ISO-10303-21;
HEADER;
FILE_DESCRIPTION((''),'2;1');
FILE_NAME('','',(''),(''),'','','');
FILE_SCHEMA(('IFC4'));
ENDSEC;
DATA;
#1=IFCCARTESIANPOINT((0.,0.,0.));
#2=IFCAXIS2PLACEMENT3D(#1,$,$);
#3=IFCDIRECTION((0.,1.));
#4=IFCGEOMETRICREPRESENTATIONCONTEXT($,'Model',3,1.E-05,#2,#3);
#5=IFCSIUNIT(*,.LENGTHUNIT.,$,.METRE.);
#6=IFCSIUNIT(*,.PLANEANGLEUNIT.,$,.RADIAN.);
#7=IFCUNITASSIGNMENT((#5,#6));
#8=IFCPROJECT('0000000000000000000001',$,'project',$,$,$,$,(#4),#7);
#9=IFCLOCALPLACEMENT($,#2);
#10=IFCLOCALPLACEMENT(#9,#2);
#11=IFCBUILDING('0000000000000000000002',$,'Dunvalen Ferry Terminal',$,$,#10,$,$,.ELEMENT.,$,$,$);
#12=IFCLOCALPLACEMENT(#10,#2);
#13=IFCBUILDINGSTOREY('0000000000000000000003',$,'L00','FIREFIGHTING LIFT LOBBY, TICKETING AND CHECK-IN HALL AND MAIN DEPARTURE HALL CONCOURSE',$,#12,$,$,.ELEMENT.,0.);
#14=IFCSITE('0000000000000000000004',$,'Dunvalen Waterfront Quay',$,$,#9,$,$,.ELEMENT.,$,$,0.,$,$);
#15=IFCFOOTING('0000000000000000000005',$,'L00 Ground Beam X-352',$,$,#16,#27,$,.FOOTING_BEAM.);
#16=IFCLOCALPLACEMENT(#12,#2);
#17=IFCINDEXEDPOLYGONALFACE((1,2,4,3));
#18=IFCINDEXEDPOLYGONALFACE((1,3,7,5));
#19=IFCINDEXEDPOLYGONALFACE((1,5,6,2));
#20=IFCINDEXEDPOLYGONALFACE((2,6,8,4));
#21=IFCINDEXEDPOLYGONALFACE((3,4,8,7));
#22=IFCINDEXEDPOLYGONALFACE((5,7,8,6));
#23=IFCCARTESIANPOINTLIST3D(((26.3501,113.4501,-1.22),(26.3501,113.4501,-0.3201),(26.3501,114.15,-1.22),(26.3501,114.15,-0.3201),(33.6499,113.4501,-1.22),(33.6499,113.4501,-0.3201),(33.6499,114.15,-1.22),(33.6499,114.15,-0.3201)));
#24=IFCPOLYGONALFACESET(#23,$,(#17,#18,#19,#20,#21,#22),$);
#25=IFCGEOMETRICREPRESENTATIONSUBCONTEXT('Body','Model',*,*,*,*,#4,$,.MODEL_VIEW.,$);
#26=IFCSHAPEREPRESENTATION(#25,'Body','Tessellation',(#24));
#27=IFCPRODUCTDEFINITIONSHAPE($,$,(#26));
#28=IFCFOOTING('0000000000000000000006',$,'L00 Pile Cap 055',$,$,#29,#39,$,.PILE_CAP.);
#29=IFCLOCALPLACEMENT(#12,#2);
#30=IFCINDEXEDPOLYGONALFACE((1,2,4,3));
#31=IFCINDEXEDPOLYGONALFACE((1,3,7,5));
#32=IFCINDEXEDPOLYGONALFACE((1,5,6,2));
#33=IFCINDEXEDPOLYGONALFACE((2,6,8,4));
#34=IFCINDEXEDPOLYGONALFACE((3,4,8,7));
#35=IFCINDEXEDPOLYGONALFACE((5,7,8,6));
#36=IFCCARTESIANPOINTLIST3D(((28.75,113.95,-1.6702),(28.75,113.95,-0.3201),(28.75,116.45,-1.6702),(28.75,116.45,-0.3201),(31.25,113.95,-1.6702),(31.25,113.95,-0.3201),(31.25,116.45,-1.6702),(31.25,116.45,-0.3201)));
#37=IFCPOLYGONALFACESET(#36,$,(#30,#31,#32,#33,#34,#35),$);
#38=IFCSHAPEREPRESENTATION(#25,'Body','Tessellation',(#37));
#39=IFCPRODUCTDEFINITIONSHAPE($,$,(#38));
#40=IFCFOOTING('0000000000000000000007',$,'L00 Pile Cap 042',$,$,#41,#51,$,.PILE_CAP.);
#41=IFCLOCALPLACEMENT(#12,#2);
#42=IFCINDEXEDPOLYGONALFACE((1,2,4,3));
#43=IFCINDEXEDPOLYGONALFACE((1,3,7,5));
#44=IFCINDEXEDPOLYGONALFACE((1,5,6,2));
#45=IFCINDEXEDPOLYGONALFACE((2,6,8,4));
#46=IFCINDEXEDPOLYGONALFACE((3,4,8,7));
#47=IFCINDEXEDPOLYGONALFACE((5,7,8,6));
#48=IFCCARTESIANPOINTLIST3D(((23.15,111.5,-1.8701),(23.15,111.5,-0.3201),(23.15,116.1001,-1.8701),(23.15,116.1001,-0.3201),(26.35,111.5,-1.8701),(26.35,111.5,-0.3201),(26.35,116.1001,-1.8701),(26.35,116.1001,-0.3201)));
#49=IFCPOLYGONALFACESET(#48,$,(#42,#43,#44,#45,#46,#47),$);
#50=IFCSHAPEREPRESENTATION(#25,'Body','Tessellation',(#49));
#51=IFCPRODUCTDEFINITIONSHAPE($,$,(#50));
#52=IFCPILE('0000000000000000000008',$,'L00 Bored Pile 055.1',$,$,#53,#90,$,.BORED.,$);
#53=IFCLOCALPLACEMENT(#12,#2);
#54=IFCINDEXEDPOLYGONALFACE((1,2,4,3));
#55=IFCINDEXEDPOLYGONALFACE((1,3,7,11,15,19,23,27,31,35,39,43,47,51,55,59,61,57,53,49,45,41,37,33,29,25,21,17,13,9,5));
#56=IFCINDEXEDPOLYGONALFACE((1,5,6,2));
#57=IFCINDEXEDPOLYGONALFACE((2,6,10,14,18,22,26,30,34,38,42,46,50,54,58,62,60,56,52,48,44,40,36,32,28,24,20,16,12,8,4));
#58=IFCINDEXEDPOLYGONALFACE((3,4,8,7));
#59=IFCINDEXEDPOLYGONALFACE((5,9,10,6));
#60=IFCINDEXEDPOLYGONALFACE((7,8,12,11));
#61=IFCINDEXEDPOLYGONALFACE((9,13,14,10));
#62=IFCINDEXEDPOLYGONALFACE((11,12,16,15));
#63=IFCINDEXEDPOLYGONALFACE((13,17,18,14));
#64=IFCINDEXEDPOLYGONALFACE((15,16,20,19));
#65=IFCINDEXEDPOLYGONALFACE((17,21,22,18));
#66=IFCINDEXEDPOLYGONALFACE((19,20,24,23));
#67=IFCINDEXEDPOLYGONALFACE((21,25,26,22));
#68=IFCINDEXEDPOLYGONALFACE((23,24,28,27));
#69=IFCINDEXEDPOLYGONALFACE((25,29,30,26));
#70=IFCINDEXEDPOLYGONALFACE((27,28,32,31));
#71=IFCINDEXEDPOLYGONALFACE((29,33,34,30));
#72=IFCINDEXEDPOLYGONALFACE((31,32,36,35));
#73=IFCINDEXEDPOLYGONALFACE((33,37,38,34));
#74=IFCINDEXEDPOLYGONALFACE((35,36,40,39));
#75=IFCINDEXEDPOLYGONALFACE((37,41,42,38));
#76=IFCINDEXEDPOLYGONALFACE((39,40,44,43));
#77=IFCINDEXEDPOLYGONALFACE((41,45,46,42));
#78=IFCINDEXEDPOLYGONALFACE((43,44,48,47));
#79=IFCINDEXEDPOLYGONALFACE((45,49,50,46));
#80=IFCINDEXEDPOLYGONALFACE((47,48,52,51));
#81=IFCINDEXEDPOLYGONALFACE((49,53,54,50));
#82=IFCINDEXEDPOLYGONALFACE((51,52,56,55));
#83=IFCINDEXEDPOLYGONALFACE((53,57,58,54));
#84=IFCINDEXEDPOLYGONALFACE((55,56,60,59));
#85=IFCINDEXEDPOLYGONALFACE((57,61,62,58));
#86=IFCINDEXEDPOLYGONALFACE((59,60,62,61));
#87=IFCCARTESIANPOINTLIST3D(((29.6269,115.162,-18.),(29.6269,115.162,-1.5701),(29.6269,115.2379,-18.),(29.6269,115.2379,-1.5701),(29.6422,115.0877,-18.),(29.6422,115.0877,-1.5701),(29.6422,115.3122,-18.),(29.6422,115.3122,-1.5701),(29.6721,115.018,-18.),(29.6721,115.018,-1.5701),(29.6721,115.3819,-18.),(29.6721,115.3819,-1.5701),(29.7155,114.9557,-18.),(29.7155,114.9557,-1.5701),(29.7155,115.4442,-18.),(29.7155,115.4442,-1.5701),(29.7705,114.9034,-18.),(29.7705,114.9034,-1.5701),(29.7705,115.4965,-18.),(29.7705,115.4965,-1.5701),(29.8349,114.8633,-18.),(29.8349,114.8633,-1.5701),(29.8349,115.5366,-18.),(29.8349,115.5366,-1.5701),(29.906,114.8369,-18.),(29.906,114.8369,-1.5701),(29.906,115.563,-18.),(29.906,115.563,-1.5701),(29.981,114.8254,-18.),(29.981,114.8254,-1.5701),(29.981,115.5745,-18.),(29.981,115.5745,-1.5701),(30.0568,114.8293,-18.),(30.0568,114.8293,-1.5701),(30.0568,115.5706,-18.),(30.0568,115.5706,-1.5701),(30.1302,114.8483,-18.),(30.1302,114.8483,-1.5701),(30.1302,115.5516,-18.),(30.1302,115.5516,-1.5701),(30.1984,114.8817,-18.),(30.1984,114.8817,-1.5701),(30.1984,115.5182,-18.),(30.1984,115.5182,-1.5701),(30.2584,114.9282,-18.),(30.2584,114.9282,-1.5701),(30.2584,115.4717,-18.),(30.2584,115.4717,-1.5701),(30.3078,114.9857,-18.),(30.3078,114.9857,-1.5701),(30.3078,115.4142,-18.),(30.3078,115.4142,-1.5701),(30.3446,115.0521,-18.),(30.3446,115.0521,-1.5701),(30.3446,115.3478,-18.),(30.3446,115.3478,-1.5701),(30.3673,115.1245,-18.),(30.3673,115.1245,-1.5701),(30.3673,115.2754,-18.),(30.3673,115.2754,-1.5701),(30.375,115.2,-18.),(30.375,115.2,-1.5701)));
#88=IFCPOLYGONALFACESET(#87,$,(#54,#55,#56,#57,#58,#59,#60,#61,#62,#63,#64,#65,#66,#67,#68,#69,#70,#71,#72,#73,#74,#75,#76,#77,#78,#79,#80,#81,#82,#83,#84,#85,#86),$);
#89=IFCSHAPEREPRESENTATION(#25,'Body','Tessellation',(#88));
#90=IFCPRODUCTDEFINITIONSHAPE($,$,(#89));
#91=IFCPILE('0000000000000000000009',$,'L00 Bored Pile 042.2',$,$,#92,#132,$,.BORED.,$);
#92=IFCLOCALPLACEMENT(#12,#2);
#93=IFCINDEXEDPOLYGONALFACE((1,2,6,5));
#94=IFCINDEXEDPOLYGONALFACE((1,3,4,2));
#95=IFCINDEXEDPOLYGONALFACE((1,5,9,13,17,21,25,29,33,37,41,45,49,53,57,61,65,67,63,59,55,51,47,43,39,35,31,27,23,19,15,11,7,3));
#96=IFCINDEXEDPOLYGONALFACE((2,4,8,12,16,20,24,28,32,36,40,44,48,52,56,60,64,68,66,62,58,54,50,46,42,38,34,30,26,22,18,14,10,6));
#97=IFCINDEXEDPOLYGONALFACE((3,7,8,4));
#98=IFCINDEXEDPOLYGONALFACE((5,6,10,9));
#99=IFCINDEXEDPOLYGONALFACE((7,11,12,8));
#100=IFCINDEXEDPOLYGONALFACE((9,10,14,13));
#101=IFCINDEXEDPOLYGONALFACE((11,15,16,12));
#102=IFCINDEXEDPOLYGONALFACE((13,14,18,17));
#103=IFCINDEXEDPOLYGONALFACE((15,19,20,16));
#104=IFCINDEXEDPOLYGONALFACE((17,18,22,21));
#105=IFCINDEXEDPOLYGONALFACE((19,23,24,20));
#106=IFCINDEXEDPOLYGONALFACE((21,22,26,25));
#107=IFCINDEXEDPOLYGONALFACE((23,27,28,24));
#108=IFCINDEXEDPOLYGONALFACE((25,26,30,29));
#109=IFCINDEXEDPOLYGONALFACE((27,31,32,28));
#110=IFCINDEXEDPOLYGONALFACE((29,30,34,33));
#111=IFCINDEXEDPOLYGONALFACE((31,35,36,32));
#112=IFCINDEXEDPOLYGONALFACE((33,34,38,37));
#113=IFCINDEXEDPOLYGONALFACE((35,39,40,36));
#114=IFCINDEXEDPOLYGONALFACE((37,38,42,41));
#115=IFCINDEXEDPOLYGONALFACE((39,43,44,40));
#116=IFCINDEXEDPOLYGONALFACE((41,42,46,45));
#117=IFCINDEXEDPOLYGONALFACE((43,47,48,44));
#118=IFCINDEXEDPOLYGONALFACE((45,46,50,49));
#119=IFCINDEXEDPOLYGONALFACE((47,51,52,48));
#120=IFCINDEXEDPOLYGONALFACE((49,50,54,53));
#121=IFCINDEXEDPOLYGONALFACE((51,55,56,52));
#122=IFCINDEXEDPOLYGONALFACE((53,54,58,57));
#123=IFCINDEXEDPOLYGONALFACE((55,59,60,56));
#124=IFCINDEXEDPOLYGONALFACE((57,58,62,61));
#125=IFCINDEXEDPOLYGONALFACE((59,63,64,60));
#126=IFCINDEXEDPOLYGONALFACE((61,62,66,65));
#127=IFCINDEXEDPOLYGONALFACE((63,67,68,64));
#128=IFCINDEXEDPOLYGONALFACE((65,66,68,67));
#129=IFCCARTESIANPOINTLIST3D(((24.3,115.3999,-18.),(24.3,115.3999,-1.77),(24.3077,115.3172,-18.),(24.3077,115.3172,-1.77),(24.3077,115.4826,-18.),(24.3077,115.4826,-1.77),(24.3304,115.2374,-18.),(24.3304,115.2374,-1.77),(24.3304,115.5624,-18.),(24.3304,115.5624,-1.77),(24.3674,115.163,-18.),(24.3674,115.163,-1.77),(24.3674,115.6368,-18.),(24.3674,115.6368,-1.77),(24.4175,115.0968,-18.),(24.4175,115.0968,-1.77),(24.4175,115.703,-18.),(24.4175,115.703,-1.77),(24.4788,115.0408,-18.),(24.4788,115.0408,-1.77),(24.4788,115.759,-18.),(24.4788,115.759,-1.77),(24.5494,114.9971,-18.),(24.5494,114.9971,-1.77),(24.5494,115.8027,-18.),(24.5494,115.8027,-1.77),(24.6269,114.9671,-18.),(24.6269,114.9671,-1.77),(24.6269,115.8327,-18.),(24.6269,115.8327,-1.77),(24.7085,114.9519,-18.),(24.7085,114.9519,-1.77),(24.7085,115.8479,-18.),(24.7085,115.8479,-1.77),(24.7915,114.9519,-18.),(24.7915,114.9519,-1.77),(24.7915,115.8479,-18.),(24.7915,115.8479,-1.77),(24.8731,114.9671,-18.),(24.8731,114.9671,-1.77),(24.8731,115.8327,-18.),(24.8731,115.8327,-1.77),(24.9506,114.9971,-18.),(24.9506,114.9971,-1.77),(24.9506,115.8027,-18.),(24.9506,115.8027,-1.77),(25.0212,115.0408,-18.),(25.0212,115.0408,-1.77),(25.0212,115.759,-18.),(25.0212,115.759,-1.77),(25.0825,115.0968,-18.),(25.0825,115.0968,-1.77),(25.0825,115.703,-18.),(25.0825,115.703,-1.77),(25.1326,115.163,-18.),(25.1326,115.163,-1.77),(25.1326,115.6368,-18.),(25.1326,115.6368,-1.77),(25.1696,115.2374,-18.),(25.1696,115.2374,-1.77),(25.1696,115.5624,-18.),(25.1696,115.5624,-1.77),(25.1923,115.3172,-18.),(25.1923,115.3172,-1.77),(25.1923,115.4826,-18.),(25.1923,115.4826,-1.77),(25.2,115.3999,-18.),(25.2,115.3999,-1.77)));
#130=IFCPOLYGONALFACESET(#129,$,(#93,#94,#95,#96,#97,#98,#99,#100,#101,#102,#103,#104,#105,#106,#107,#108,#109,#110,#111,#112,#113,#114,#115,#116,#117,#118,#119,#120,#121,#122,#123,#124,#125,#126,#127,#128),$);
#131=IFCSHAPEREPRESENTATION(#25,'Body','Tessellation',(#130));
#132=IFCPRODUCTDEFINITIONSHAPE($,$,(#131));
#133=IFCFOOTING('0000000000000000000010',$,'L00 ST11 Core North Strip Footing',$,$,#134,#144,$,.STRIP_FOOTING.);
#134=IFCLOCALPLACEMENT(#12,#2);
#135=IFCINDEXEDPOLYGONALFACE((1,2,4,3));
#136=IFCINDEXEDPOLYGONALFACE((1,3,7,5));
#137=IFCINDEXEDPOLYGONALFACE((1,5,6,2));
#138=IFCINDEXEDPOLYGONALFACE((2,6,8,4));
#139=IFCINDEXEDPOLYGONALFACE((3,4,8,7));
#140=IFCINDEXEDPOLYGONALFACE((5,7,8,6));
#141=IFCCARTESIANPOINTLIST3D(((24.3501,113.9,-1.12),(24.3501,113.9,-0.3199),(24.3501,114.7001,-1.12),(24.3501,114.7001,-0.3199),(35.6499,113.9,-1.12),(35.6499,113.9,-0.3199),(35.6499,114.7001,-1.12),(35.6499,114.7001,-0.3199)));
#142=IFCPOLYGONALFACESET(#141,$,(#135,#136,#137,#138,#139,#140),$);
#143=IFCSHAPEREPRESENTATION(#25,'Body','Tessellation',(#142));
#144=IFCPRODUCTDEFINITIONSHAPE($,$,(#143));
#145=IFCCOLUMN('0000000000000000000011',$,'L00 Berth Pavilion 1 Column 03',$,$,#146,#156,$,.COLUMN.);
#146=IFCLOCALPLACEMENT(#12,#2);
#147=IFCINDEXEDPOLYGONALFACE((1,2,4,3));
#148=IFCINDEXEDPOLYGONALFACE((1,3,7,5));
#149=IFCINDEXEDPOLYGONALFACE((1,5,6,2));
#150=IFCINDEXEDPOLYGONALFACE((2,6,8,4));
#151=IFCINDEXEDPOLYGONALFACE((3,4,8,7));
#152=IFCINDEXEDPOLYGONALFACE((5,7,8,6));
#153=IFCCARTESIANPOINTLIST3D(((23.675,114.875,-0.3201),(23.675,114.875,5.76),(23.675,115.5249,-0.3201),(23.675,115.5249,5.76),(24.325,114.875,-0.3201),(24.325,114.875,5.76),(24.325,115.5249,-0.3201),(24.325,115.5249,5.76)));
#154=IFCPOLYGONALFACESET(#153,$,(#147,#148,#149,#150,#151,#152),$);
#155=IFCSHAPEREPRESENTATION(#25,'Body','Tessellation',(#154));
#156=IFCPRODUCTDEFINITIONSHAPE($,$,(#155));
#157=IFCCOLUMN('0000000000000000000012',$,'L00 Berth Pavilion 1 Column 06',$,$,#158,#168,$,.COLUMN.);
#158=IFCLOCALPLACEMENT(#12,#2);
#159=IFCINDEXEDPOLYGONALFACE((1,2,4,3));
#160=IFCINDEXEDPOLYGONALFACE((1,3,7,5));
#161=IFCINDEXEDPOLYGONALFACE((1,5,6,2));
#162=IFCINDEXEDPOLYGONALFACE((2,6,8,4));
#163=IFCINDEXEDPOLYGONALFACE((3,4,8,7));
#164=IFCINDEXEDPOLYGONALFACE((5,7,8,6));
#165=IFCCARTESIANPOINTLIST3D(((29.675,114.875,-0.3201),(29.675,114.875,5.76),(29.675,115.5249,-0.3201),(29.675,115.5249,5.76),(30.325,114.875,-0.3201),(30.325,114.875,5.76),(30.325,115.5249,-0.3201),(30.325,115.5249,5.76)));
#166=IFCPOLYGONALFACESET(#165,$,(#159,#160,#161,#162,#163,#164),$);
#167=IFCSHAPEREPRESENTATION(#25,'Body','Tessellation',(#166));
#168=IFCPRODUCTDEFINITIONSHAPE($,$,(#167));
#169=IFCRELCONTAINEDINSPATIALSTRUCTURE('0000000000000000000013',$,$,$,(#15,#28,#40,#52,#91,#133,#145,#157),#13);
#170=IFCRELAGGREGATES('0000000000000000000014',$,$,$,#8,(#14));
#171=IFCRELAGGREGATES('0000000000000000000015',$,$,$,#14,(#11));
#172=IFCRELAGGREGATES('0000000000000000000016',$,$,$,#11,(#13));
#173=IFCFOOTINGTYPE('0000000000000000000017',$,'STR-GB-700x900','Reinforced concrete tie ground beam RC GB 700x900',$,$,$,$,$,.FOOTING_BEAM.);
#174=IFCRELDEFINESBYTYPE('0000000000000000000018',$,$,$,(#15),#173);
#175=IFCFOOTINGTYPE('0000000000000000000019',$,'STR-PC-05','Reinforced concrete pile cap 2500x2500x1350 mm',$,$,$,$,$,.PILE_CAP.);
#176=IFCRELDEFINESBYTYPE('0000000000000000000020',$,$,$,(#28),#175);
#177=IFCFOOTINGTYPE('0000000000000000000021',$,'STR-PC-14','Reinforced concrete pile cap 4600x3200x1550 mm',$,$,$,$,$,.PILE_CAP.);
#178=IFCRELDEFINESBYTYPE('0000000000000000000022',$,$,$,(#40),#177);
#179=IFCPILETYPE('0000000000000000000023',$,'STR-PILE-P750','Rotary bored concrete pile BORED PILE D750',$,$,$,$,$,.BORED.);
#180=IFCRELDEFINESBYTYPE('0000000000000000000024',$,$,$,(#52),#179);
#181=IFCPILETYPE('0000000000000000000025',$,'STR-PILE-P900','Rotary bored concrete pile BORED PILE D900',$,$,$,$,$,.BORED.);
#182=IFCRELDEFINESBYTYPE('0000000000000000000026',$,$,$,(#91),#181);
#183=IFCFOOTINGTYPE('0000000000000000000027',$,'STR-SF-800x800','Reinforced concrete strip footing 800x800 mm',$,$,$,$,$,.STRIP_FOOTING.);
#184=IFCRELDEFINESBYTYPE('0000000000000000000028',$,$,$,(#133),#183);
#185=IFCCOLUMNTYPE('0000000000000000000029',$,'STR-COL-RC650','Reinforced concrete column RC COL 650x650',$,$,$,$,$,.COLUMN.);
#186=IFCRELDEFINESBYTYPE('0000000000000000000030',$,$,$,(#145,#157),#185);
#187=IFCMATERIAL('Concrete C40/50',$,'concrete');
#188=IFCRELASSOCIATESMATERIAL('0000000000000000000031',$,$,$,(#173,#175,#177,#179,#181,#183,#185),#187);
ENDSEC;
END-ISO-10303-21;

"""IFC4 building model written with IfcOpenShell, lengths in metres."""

from ifc_helpers import new_model, si_unit, direction, frame, origin, origin_2d, place, context, subcontext, project, spatial, rectangle, circle, extrude, material, material_profile, profile_set, type_object, element, save


model = new_model("IFC4")

# Units and contexts
model_context = context("Model", 3, precision=1e-05, world=origin(), true_north=direction((0.0, 1.0)))
body_context = subcontext(model_context, "Body", "Model", "MODEL_VIEW")
ifc_project = project(units=[si_unit("LENGTHUNIT", "METRE"), si_unit("PLANEANGLEUNIT", "RADIAN")], contexts=[model_context])

# Site, building, storey
site_placement = place(None, origin())
site = spatial("IfcSite", under=ifc_project, at=site_placement, Name="Dunvalen Waterfront Quay", CompositionType="ELEMENT", RefElevation=0.0)
building_placement = place(site_placement, origin())
building = spatial("IfcBuilding", under=site, at=building_placement, Name="Dunvalen Ferry Terminal", CompositionType="ELEMENT")
storey_placement = place(building_placement, origin())
storey = spatial("IfcBuildingStorey", under=building, at=storey_placement, Name="L00", Description="FIREFIGHTING LIFT LOBBY, TICKETING AND CHECK-IN HALL AND MAIN DEPARTURE HALL CONCOURSE", CompositionType="ELEMENT", Elevation=0.0)

# Footings
ifc_material_1 = material(Name="Concrete C40/50", Category="concrete")
ifc_material_profile_1 = material_profile(ifc_material_1, rectangle(XDim=0.7, YDim=0.8999, at=origin_2d()), Name="Concrete C40/50")
ifc_profile_set_1 = profile_set([ifc_material_profile_1], Name="Concrete C40/50")
footing_type_1 = type_object("IfcFootingType", Name="STR-GB-700x900", Description="Reinforced concrete tie ground beam RC GB 700x900", PredefinedType="FOOTING_BEAM", material=ifc_profile_set_1)
footing_1_placement = place(storey_placement, frame((26.3501, 113.8, -0.77), z_axis=(1.0, 0.0, 0.0), x_axis=(0.0, 1.0, 0.0)))
element("IfcFooting", 1, at=footing_1_placement, inside=storey, type_object=footing_type_1, Name="L00 Ground Beam X-352", PredefinedType="FOOTING_BEAM", context=body_context, shape_type="SweptSolid", body=[
    extrude(rectangle(XDim=0.7, YDim=0.8999, at=origin_2d()), origin(), (0.0, 0.0, 1.0), 7.2998),
])
footing_type_2 = type_object("IfcFootingType", Name="STR-PC-05", Description="Reinforced concrete pile cap 2500x2500x1350 mm", PredefinedType="PILE_CAP", material=ifc_material_1)
footing_2_placement = place(storey_placement, frame((30.0, 115.2, -1.6702), z_axis=(0.0, 0.0, 1.0), x_axis=(1.0, 0.0, 0.0)))
element("IfcFooting", 2, at=footing_2_placement, inside=storey, type_object=footing_type_2, Name="L00 Pile Cap 055", PredefinedType="PILE_CAP", context=body_context, shape_type="SweptSolid", body=[
    extrude(rectangle(XDim=2.5, YDim=2.5, at=origin_2d()), origin(), (0.0, 0.0, 1.0), 1.3501),
])
footing_type_3 = type_object("IfcFootingType", Name="STR-PC-14", Description="Reinforced concrete pile cap 4600x3200x1550 mm", PredefinedType="PILE_CAP", material=ifc_material_1)
footing_3_placement = place(storey_placement, frame((24.75, 113.8, -1.8701), z_axis=(0.0, 0.0, 1.0), x_axis=(0.0, 1.0, 0.0)))
element("IfcFooting", 3, at=footing_3_placement, inside=storey, type_object=footing_type_3, Name="L00 Pile Cap 042", PredefinedType="PILE_CAP", context=body_context, shape_type="SweptSolid", body=[
    extrude(rectangle(XDim=4.6001, YDim=3.2, at=origin_2d()), origin(), (0.0, 0.0, 1.0), 1.55),
])

# Piles
ifc_material_profile_2 = material_profile(ifc_material_1, circle(Radius=0.375, at=origin_2d()), Name="Concrete C40/50")
ifc_profile_set_2 = profile_set([ifc_material_profile_2], Name="Concrete C40/50")
pile_type_1 = type_object("IfcPileType", Name="STR-PILE-P750", Description="Rotary bored concrete pile BORED PILE D750", PredefinedType="BORED", material=ifc_profile_set_2)
pile_1_placement = place(storey_placement, frame((30.0, 115.2, -1.5701), z_axis=(0.0, 0.0, -1.0), x_axis=(1.0, 0.0, 0.0)))
element("IfcPile", 4, at=pile_1_placement, inside=storey, type_object=pile_type_1, Name="L00 Bored Pile 055.1", PredefinedType="BORED", context=body_context, shape_type="SweptSolid", body=[
    extrude(circle(Radius=0.375, at=origin_2d()), origin(), (0.0, 0.0, 1.0), 16.4299),
])
ifc_material_profile_3 = material_profile(ifc_material_1, circle(Radius=0.45, at=origin_2d()), Name="Concrete C40/50")
ifc_profile_set_3 = profile_set([ifc_material_profile_3], Name="Concrete C40/50")
pile_type_2 = type_object("IfcPileType", Name="STR-PILE-P900", Description="Rotary bored concrete pile BORED PILE D900", PredefinedType="BORED", material=ifc_profile_set_3)
pile_2_placement = place(storey_placement, frame((24.75, 115.3999, -1.77), z_axis=(0.0, 0.0, -1.0), x_axis=(1.0, 0.0, 0.0)))
element("IfcPile", 5, at=pile_2_placement, inside=storey, type_object=pile_type_2, Name="L00 Bored Pile 042.2", PredefinedType="BORED", context=body_context, shape_type="SweptSolid", body=[
    extrude(circle(Radius=0.45, at=origin_2d()), origin(), (0.0, 0.0, 1.0), 16.23),
])

# Footing
ifc_material_profile_4 = material_profile(ifc_material_1, rectangle(XDim=0.8, YDim=0.8, at=origin_2d()), Name="Concrete C40/50")
ifc_profile_set_4 = profile_set([ifc_material_profile_4], Name="Concrete C40/50")
footing_type_4 = type_object("IfcFootingType", Name="STR-SF-800x800", Description="Reinforced concrete strip footing 800x800 mm", PredefinedType="STRIP_FOOTING", material=ifc_profile_set_4)
footing_4_placement = place(storey_placement, frame((24.3501, 114.3, -0.72), z_axis=(1.0, 0.0, 0.0), x_axis=(0.0, 1.0, 0.0)))
element("IfcFooting", 6, at=footing_4_placement, inside=storey, type_object=footing_type_4, Name="L00 ST11 Core North Strip Footing", PredefinedType="STRIP_FOOTING", context=body_context, shape_type="SweptSolid", body=[
    extrude(rectangle(XDim=0.8, YDim=0.8, at=origin_2d()), origin(), (0.0, 0.0, 1.0), 11.2998),
])

# Columns
ifc_material_profile_5 = material_profile(ifc_material_1, rectangle(XDim=0.6499, YDim=0.6499, at=origin_2d()), Name="Concrete C40/50")
ifc_profile_set_5 = profile_set([ifc_material_profile_5], Name="Concrete C40/50")
column_type = type_object("IfcColumnType", Name="STR-COL-RC650", Description="Reinforced concrete column RC COL 650x650", PredefinedType="COLUMN", material=ifc_profile_set_5)
for number, where, z_axis, x_axis, name in (
    (7, (24.0, 115.2, -0.3201), (0.0, 0.0, 1.0), (1.0, 0.0, 0.0), "L00 Berth Pavilion 1 Column 03"),
    (8, (30.0, 115.2, -0.3201), (0.0, 0.0, 1.0), (1.0, 0.0, 0.0), "L00 Berth Pavilion 1 Column 06"),
):
    element("IfcColumn", number, at=place(storey_placement, frame(where, z_axis=z_axis, x_axis=x_axis)), inside=storey, type_object=column_type, Name=name, PredefinedType="COLUMN", context=body_context, shape_type="SweptSolid", body=[
        extrude(rectangle(XDim=0.6499, YDim=0.6499, at=origin_2d()), origin(), (0.0, 0.0, 1.0), 6.0801),
    ])

save(model, "model.ifc")
